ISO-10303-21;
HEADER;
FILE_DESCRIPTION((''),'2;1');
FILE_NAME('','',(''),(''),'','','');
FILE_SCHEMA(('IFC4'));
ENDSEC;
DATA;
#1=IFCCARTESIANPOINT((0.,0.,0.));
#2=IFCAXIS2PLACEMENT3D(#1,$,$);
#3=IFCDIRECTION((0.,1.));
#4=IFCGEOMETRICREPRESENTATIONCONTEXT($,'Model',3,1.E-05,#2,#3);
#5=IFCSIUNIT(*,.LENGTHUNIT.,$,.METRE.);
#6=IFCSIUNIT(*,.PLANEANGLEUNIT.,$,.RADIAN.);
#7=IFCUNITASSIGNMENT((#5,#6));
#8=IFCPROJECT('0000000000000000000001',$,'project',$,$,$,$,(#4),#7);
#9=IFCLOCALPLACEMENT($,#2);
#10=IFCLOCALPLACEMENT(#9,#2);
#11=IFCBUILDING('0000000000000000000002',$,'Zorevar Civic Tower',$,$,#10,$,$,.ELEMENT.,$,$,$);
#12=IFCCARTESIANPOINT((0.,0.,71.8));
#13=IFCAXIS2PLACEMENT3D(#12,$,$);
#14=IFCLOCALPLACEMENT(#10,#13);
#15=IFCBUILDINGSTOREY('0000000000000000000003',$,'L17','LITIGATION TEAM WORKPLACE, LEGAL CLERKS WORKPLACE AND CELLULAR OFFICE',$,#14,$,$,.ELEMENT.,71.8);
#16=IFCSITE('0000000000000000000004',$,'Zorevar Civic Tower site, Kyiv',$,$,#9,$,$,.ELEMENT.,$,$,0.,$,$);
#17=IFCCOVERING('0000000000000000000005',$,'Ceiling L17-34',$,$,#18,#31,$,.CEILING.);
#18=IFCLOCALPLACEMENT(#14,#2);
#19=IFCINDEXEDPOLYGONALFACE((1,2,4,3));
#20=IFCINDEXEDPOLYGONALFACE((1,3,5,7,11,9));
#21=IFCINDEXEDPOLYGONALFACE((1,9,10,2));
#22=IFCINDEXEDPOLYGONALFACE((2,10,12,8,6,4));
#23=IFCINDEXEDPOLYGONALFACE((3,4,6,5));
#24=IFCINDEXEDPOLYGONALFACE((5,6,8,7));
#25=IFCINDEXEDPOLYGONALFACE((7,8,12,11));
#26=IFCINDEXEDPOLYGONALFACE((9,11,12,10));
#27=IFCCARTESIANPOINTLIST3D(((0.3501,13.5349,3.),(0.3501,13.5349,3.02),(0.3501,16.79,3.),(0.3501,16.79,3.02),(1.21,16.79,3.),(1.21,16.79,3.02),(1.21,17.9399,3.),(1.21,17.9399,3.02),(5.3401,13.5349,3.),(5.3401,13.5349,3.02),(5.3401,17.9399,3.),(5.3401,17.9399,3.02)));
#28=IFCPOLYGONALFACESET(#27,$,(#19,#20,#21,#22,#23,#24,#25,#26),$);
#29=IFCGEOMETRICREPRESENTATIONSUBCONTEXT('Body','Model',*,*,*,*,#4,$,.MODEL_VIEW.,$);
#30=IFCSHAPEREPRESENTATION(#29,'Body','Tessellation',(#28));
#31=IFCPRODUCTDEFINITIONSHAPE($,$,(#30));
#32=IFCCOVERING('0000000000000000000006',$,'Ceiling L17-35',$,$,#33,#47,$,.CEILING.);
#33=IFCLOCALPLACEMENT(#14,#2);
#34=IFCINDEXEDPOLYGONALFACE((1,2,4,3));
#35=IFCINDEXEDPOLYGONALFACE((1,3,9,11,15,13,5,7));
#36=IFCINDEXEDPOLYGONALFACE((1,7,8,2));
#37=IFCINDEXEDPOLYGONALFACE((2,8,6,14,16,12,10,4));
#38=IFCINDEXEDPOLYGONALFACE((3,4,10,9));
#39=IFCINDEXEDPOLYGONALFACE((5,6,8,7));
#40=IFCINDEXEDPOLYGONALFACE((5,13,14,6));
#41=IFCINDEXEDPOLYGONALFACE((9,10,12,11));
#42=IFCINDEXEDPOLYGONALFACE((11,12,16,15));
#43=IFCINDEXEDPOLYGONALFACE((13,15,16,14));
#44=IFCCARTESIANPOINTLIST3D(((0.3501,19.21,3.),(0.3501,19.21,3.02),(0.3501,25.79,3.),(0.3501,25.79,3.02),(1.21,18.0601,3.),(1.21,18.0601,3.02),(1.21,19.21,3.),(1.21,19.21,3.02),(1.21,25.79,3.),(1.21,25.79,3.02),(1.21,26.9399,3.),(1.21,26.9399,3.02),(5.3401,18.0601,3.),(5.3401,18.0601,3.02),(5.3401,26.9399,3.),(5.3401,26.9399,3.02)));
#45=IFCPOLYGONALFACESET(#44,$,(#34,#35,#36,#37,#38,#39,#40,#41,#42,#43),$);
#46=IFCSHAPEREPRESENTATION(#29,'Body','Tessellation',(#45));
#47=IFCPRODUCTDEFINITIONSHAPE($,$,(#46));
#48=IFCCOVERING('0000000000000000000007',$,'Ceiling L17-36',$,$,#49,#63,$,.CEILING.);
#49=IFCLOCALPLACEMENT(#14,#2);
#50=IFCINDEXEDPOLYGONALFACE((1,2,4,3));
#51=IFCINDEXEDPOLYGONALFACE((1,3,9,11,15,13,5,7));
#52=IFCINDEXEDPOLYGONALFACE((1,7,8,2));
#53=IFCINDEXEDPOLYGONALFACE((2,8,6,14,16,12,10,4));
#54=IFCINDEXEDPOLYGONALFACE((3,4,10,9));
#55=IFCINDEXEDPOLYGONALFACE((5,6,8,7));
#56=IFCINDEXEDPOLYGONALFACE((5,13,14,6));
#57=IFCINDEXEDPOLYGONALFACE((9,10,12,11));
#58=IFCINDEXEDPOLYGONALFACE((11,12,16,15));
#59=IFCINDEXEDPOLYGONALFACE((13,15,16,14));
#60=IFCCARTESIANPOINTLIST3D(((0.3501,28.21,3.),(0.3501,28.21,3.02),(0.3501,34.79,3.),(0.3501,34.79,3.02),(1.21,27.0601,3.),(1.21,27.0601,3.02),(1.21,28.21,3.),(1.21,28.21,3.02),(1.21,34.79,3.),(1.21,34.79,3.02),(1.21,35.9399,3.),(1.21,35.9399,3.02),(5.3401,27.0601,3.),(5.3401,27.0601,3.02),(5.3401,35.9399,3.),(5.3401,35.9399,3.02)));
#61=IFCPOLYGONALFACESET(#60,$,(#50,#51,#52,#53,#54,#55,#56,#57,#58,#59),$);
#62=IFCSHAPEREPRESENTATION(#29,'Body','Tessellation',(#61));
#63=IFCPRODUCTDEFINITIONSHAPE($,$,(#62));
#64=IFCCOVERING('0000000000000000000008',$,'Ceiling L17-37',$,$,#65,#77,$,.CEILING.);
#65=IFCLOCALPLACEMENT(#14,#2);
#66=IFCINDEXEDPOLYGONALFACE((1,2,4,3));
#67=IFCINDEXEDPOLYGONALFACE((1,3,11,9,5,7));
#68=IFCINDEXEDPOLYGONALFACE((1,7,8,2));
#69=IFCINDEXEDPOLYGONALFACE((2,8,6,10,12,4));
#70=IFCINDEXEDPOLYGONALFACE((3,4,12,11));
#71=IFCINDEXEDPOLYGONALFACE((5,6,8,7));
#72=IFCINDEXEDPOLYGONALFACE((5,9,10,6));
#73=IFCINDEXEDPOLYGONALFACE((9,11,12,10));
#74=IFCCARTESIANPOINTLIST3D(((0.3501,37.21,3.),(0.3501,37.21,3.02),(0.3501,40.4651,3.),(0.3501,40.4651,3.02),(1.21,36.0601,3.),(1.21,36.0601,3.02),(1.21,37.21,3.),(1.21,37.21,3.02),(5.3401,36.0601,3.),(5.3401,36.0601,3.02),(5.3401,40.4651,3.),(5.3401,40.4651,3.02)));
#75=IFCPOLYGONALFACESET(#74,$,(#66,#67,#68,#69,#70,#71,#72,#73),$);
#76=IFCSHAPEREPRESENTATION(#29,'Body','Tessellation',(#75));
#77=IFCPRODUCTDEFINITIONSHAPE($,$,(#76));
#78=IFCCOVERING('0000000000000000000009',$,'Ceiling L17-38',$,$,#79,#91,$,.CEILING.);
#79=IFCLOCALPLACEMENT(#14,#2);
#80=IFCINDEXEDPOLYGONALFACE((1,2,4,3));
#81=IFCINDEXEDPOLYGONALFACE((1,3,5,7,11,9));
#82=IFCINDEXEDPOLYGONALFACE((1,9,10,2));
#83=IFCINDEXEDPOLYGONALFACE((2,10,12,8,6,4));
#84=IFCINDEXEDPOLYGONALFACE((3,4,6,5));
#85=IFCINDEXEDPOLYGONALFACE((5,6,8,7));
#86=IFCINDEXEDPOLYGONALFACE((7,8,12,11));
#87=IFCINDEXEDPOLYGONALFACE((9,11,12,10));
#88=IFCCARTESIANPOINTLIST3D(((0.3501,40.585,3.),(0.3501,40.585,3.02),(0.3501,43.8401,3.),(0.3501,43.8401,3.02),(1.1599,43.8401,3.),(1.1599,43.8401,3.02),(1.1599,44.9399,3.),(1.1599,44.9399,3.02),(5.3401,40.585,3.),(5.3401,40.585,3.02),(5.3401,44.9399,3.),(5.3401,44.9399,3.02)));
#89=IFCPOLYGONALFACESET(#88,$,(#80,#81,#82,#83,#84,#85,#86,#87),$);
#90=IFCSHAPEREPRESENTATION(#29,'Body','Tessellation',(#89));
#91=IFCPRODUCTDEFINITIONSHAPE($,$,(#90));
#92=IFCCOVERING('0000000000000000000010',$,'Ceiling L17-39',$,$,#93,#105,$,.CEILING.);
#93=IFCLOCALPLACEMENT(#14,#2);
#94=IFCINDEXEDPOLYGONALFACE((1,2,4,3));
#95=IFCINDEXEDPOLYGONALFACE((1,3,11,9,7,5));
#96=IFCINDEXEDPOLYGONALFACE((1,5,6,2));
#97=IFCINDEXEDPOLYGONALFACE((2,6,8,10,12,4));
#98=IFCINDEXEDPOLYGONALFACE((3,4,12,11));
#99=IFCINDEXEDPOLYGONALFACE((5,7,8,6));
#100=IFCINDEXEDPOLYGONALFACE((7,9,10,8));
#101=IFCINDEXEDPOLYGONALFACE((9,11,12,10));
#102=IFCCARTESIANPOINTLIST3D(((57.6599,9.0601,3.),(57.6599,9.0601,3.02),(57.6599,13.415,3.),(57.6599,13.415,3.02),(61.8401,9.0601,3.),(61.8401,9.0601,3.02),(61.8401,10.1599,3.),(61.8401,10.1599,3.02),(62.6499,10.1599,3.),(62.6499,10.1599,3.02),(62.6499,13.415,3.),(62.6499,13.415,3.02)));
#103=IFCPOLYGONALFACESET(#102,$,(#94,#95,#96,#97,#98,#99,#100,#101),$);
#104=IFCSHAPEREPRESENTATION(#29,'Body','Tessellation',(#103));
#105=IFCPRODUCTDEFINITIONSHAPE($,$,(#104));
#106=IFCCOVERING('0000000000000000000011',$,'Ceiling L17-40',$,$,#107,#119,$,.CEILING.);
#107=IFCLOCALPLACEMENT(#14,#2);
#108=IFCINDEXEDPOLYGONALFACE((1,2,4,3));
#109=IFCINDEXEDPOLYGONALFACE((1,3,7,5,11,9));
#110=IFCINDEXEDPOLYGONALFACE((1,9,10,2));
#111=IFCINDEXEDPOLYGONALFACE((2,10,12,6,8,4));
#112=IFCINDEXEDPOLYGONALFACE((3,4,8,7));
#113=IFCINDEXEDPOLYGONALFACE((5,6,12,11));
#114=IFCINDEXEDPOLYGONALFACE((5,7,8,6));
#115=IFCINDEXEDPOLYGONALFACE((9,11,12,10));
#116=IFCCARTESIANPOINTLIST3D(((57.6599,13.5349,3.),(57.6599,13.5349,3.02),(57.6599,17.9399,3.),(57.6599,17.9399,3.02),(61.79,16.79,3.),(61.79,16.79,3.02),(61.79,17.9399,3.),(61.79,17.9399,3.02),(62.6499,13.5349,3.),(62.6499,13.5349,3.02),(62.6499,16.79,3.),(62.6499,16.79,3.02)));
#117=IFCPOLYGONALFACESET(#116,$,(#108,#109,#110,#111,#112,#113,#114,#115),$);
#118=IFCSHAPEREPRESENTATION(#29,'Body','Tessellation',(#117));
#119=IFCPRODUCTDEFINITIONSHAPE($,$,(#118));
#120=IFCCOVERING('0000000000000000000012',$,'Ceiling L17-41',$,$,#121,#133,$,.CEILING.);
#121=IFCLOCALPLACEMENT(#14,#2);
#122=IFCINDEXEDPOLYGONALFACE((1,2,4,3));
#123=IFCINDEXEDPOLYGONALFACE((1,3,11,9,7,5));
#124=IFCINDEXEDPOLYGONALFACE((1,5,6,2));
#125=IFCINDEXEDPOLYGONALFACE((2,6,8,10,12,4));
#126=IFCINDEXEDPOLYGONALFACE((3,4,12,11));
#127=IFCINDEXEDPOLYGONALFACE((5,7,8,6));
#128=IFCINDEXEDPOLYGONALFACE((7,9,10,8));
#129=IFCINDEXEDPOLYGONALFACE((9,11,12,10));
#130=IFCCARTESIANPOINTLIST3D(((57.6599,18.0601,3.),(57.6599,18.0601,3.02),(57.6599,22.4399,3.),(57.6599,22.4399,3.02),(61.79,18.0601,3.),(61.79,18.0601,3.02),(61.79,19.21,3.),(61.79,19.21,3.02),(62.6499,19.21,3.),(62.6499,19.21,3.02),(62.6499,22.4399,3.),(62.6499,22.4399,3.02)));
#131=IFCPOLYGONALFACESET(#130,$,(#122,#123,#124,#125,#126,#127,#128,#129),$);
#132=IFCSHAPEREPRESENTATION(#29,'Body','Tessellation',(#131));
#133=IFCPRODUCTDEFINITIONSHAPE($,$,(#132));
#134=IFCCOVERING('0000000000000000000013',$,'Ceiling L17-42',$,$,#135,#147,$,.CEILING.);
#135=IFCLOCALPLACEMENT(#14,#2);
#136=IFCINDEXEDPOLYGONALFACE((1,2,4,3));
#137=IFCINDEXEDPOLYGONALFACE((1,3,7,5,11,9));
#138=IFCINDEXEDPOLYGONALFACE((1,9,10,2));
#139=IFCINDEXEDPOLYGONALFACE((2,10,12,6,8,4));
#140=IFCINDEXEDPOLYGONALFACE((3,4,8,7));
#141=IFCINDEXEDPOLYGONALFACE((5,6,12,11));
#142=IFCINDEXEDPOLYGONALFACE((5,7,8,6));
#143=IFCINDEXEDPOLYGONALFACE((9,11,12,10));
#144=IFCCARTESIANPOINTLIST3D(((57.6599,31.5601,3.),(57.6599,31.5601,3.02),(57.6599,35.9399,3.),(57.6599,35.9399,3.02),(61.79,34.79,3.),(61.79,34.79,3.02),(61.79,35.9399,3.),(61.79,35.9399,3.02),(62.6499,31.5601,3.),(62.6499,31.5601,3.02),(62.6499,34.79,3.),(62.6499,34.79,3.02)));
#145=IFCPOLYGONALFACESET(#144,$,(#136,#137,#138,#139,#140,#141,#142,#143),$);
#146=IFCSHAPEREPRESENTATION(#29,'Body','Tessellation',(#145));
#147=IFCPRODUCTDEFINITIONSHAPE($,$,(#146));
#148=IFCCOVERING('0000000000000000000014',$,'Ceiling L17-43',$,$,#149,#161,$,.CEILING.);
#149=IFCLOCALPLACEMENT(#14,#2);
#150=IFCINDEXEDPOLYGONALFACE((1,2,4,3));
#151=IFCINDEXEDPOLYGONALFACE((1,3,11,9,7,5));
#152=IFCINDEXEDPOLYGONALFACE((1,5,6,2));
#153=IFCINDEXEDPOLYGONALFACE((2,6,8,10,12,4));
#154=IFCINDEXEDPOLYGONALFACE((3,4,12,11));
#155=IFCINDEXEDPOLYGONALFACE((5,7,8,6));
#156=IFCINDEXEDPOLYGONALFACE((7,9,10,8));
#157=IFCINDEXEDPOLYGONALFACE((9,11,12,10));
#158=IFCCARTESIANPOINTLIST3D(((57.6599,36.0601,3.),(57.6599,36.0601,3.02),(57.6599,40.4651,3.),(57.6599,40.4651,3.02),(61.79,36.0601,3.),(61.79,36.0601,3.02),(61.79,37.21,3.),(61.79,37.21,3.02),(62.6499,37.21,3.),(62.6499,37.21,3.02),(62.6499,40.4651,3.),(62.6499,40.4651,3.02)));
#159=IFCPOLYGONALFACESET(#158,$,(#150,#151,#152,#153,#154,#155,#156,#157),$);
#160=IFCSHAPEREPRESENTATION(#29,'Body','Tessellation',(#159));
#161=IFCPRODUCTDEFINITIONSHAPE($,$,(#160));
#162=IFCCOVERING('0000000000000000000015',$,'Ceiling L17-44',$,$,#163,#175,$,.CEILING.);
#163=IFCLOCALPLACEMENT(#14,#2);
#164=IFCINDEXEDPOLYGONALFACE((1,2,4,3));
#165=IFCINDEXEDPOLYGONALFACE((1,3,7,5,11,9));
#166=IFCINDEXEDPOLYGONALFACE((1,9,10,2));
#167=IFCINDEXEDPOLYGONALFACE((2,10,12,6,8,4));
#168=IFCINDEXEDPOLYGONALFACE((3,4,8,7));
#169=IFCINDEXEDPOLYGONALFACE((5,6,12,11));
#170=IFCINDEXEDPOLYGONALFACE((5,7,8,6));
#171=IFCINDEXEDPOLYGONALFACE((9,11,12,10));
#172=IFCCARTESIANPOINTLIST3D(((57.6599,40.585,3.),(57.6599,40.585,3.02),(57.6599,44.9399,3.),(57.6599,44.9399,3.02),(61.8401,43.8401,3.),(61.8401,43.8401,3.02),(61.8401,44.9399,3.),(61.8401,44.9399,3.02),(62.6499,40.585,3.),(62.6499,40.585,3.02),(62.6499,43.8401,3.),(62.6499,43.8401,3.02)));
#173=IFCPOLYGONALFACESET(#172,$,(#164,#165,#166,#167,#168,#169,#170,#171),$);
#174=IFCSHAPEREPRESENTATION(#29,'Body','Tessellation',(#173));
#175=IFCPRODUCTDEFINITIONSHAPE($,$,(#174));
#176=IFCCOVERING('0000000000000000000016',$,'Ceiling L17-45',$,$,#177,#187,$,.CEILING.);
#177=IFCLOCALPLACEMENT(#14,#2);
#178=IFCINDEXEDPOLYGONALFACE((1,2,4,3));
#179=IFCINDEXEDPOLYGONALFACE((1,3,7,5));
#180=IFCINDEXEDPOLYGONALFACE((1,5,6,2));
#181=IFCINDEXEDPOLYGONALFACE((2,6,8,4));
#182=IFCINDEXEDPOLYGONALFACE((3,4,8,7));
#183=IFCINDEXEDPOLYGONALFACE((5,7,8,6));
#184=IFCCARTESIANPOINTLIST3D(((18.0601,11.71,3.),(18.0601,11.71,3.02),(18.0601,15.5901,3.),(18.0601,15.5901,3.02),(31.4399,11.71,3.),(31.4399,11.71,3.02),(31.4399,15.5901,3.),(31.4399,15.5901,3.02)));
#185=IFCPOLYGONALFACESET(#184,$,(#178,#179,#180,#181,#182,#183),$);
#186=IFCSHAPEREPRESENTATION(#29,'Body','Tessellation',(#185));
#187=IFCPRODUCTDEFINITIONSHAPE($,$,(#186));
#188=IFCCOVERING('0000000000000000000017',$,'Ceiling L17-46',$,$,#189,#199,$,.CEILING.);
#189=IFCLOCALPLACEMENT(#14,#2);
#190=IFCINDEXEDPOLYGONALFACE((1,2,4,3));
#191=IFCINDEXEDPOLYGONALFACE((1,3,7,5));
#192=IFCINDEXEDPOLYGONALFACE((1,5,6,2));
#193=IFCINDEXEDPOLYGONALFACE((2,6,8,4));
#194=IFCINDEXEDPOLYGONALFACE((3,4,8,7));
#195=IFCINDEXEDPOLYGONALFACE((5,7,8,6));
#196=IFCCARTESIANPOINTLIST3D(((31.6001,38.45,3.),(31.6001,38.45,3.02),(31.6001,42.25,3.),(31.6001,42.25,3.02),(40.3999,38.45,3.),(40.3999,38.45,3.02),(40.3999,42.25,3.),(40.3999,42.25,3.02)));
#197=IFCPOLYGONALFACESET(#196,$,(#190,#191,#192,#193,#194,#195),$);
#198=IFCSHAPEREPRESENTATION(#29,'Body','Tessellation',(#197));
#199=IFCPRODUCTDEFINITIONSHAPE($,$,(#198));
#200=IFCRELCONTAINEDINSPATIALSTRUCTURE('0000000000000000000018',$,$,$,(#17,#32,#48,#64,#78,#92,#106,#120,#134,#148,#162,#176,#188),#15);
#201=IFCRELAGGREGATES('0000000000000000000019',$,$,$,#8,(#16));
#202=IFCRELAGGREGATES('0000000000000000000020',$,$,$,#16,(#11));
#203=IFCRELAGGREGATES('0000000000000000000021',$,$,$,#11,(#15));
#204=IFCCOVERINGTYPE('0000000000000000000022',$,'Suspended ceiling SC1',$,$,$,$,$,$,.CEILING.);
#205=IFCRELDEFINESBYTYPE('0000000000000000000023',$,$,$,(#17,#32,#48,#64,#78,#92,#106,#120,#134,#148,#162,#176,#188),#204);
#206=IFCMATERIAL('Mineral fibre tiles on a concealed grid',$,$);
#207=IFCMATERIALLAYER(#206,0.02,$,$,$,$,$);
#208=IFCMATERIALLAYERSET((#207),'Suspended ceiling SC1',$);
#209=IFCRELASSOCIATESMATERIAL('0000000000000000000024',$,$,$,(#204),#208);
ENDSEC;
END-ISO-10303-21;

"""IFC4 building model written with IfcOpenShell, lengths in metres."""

from ifc_helpers import new_model, si_unit, direction, frame, origin, place, context, subcontext, project, spatial, polyline, outline, extrude, material, layer, layer_set, type_object, element, save


model = new_model("IFC4")

# Units and contexts
model_context = context("Model", 3, precision=1e-05, world=origin(), true_north=direction((0.0, 1.0)))
body_context = subcontext(model_context, "Body", "Model", "MODEL_VIEW")
ifc_project = project(units=[si_unit("LENGTHUNIT", "METRE"), si_unit("PLANEANGLEUNIT", "RADIAN")], contexts=[model_context])

# Site, building, storey
site_placement = place(None, origin())
site = spatial("IfcSite", under=ifc_project, at=site_placement, Name="Zorevar Civic Tower site, Kyiv", CompositionType="ELEMENT", RefElevation=0.0)
building_placement = place(site_placement, origin())
building = spatial("IfcBuilding", under=site, at=building_placement, Name="Zorevar Civic Tower", CompositionType="ELEMENT")
storey_placement = place(building_placement, frame((0.0, 0.0, 71.8)))
storey = spatial("IfcBuildingStorey", under=building, at=storey_placement, Name="L17", Description="LITIGATION TEAM WORKPLACE, LEGAL CLERKS WORKPLACE AND CELLULAR OFFICE", CompositionType="ELEMENT", Elevation=71.8)

# Coverings
ifc_material_1 = material(Name="Mineral fibre tiles on a concealed grid")
ifc_layer_1 = layer(ifc_material_1, 0.02)
ifc_layer_set_1 = layer_set([ifc_layer_1], Name="Suspended ceiling SC1")
covering_type_1 = type_object("IfcCoveringType", Name="Suspended ceiling SC1", PredefinedType="CEILING", material=ifc_layer_set_1)
covering_1_placement = place(storey_placement, frame((0.0, 0.0, 3.0)))
element("IfcCovering", 1, at=covering_1_placement, inside=storey, type_object=covering_type_1, Name="Ceiling L17-34", PredefinedType="CEILING", context=body_context, shape_type="SweptSolid", body=[
    extrude(outline(polyline([(5.3401, 13.5349), (0.3501, 13.5349), (0.3501, 16.79), (1.21, 16.79), (1.21, 17.9399), (5.3401, 17.9399), (5.3401, 13.5349)])), origin(), (0.0, 0.0, 1.0), 0.02),
])
covering_2_placement = place(storey_placement, frame((0.0, 0.0, 3.0)))
element("IfcCovering", 2, at=covering_2_placement, inside=storey, type_object=covering_type_1, Name="Ceiling L17-35", PredefinedType="CEILING", context=body_context, shape_type="SweptSolid", body=[
    extrude(outline(polyline([(1.21, 19.21), (0.3501, 19.21), (0.3501, 25.79), (1.21, 25.79), (1.21, 26.9399), (5.3401, 26.9399), (5.3401, 18.0601), (1.21, 18.0601), (1.21, 19.21)])), origin(), (0.0, 0.0, 1.0), 0.02),
])
covering_3_placement = place(storey_placement, frame((0.0, 0.0, 3.0)))
element("IfcCovering", 3, at=covering_3_placement, inside=storey, type_object=covering_type_1, Name="Ceiling L17-36", PredefinedType="CEILING", context=body_context, shape_type="SweptSolid", body=[
    extrude(outline(polyline([(1.21, 28.21), (0.3501, 28.21), (0.3501, 34.79), (1.21, 34.79), (1.21, 35.9399), (5.3401, 35.9399), (5.3401, 27.0601), (1.21, 27.0601), (1.21, 28.21)])), origin(), (0.0, 0.0, 1.0), 0.02),
])
covering_4_placement = place(storey_placement, frame((0.0, 0.0, 3.0)))
element("IfcCovering", 4, at=covering_4_placement, inside=storey, type_object=covering_type_1, Name="Ceiling L17-37", PredefinedType="CEILING", context=body_context, shape_type="SweptSolid", body=[
    extrude(outline(polyline([(5.3401, 36.0601), (1.21, 36.0601), (1.21, 37.21), (0.3501, 37.21), (0.3501, 40.4651), (5.3401, 40.4651), (5.3401, 36.0601)])), origin(), (0.0, 0.0, 1.0), 0.02),
])
covering_5_placement = place(storey_placement, frame((0.0, 0.0, 3.0)))
element("IfcCovering", 5, at=covering_5_placement, inside=storey, type_object=covering_type_1, Name="Ceiling L17-38", PredefinedType="CEILING", context=body_context, shape_type="SweptSolid", body=[
    extrude(outline(polyline([(5.3401, 40.585), (0.3501, 40.585), (0.3501, 43.8401), (1.1599, 43.8401), (1.1599, 44.9399), (5.3401, 44.9399), (5.3401, 40.585)])), origin(), (0.0, 0.0, 1.0), 0.02),
])
covering_6_placement = place(storey_placement, frame((0.0, 0.0, 3.0)))
element("IfcCovering", 6, at=covering_6_placement, inside=storey, type_object=covering_type_1, Name="Ceiling L17-39", PredefinedType="CEILING", context=body_context, shape_type="SweptSolid", body=[
    extrude(outline(polyline([(57.6599, 13.415), (62.6499, 13.415), (62.6499, 10.1599), (61.8401, 10.1599), (61.8401, 9.0601), (57.6599, 9.0601), (57.6599, 13.415)])), origin(), (0.0, 0.0, 1.0), 0.02),
])
covering_7_placement = place(storey_placement, frame((0.0, 0.0, 3.0)))
element("IfcCovering", 7, at=covering_7_placement, inside=storey, type_object=covering_type_1, Name="Ceiling L17-40", PredefinedType="CEILING", context=body_context, shape_type="SweptSolid", body=[
    extrude(outline(polyline([(57.6599, 17.9399), (61.79, 17.9399), (61.79, 16.79), (62.6499, 16.79), (62.6499, 13.5349), (57.6599, 13.5349), (57.6599, 17.9399)])), origin(), (0.0, 0.0, 1.0), 0.02),
])
covering_8_placement = place(storey_placement, frame((0.0, 0.0, 3.0)))
element("IfcCovering", 8, at=covering_8_placement, inside=storey, type_object=covering_type_1, Name="Ceiling L17-41", PredefinedType="CEILING", context=body_context, shape_type="SweptSolid", body=[
    extrude(outline(polyline([(57.6599, 22.4399), (62.6499, 22.4399), (62.6499, 19.21), (61.79, 19.21), (61.79, 18.0601), (57.6599, 18.0601), (57.6599, 22.4399)])), origin(), (0.0, 0.0, 1.0), 0.02),
])
covering_9_placement = place(storey_placement, frame((0.0, 0.0, 3.0)))
element("IfcCovering", 9, at=covering_9_placement, inside=storey, type_object=covering_type_1, Name="Ceiling L17-42", PredefinedType="CEILING", context=body_context, shape_type="SweptSolid", body=[
    extrude(outline(polyline([(57.6599, 35.9399), (61.79, 35.9399), (61.79, 34.79), (62.6499, 34.79), (62.6499, 31.5601), (57.6599, 31.5601), (57.6599, 35.9399)])), origin(), (0.0, 0.0, 1.0), 0.02),
])
covering_10_placement = place(storey_placement, frame((0.0, 0.0, 3.0)))
element("IfcCovering", 10, at=covering_10_placement, inside=storey, type_object=covering_type_1, Name="Ceiling L17-43", PredefinedType="CEILING", context=body_context, shape_type="SweptSolid", body=[
    extrude(outline(polyline([(57.6599, 40.4651), (62.6499, 40.4651), (62.6499, 37.21), (61.79, 37.21), (61.79, 36.0601), (57.6599, 36.0601), (57.6599, 40.4651)])), origin(), (0.0, 0.0, 1.0), 0.02),
])
covering_11_placement = place(storey_placement, frame((0.0, 0.0, 3.0)))
element("IfcCovering", 11, at=covering_11_placement, inside=storey, type_object=covering_type_1, Name="Ceiling L17-44", PredefinedType="CEILING", context=body_context, shape_type="SweptSolid", body=[
    extrude(outline(polyline([(57.6599, 44.9399), (61.8401, 44.9399), (61.8401, 43.8401), (62.6499, 43.8401), (62.6499, 40.585), (57.6599, 40.585), (57.6599, 44.9399)])), origin(), (0.0, 0.0, 1.0), 0.02),
])
covering_12_placement = place(storey_placement, frame((0.0, 0.0, 3.0)))
element("IfcCovering", 12, at=covering_12_placement, inside=storey, type_object=covering_type_1, Name="Ceiling L17-45", PredefinedType="CEILING", context=body_context, shape_type="SweptSolid", body=[
    extrude(outline(polyline([(18.0601, 15.5901), (31.4399, 15.5901), (31.4399, 11.71), (18.0601, 11.71), (18.0601, 15.5901)])), origin(), (0.0, 0.0, 1.0), 0.02),
])
covering_13_placement = place(storey_placement, frame((0.0, 0.0, 3.0)))
element("IfcCovering", 13, at=covering_13_placement, inside=storey, type_object=covering_type_1, Name="Ceiling L17-46", PredefinedType="CEILING", context=body_context, shape_type="SweptSolid", body=[
    extrude(outline(polyline([(40.3999, 42.25), (40.3999, 38.45), (31.6001, 38.45), (31.6001, 42.25), (40.3999, 42.25)])), origin(), (0.0, 0.0, 1.0), 0.02),
])

save(model, "model.ifc")
